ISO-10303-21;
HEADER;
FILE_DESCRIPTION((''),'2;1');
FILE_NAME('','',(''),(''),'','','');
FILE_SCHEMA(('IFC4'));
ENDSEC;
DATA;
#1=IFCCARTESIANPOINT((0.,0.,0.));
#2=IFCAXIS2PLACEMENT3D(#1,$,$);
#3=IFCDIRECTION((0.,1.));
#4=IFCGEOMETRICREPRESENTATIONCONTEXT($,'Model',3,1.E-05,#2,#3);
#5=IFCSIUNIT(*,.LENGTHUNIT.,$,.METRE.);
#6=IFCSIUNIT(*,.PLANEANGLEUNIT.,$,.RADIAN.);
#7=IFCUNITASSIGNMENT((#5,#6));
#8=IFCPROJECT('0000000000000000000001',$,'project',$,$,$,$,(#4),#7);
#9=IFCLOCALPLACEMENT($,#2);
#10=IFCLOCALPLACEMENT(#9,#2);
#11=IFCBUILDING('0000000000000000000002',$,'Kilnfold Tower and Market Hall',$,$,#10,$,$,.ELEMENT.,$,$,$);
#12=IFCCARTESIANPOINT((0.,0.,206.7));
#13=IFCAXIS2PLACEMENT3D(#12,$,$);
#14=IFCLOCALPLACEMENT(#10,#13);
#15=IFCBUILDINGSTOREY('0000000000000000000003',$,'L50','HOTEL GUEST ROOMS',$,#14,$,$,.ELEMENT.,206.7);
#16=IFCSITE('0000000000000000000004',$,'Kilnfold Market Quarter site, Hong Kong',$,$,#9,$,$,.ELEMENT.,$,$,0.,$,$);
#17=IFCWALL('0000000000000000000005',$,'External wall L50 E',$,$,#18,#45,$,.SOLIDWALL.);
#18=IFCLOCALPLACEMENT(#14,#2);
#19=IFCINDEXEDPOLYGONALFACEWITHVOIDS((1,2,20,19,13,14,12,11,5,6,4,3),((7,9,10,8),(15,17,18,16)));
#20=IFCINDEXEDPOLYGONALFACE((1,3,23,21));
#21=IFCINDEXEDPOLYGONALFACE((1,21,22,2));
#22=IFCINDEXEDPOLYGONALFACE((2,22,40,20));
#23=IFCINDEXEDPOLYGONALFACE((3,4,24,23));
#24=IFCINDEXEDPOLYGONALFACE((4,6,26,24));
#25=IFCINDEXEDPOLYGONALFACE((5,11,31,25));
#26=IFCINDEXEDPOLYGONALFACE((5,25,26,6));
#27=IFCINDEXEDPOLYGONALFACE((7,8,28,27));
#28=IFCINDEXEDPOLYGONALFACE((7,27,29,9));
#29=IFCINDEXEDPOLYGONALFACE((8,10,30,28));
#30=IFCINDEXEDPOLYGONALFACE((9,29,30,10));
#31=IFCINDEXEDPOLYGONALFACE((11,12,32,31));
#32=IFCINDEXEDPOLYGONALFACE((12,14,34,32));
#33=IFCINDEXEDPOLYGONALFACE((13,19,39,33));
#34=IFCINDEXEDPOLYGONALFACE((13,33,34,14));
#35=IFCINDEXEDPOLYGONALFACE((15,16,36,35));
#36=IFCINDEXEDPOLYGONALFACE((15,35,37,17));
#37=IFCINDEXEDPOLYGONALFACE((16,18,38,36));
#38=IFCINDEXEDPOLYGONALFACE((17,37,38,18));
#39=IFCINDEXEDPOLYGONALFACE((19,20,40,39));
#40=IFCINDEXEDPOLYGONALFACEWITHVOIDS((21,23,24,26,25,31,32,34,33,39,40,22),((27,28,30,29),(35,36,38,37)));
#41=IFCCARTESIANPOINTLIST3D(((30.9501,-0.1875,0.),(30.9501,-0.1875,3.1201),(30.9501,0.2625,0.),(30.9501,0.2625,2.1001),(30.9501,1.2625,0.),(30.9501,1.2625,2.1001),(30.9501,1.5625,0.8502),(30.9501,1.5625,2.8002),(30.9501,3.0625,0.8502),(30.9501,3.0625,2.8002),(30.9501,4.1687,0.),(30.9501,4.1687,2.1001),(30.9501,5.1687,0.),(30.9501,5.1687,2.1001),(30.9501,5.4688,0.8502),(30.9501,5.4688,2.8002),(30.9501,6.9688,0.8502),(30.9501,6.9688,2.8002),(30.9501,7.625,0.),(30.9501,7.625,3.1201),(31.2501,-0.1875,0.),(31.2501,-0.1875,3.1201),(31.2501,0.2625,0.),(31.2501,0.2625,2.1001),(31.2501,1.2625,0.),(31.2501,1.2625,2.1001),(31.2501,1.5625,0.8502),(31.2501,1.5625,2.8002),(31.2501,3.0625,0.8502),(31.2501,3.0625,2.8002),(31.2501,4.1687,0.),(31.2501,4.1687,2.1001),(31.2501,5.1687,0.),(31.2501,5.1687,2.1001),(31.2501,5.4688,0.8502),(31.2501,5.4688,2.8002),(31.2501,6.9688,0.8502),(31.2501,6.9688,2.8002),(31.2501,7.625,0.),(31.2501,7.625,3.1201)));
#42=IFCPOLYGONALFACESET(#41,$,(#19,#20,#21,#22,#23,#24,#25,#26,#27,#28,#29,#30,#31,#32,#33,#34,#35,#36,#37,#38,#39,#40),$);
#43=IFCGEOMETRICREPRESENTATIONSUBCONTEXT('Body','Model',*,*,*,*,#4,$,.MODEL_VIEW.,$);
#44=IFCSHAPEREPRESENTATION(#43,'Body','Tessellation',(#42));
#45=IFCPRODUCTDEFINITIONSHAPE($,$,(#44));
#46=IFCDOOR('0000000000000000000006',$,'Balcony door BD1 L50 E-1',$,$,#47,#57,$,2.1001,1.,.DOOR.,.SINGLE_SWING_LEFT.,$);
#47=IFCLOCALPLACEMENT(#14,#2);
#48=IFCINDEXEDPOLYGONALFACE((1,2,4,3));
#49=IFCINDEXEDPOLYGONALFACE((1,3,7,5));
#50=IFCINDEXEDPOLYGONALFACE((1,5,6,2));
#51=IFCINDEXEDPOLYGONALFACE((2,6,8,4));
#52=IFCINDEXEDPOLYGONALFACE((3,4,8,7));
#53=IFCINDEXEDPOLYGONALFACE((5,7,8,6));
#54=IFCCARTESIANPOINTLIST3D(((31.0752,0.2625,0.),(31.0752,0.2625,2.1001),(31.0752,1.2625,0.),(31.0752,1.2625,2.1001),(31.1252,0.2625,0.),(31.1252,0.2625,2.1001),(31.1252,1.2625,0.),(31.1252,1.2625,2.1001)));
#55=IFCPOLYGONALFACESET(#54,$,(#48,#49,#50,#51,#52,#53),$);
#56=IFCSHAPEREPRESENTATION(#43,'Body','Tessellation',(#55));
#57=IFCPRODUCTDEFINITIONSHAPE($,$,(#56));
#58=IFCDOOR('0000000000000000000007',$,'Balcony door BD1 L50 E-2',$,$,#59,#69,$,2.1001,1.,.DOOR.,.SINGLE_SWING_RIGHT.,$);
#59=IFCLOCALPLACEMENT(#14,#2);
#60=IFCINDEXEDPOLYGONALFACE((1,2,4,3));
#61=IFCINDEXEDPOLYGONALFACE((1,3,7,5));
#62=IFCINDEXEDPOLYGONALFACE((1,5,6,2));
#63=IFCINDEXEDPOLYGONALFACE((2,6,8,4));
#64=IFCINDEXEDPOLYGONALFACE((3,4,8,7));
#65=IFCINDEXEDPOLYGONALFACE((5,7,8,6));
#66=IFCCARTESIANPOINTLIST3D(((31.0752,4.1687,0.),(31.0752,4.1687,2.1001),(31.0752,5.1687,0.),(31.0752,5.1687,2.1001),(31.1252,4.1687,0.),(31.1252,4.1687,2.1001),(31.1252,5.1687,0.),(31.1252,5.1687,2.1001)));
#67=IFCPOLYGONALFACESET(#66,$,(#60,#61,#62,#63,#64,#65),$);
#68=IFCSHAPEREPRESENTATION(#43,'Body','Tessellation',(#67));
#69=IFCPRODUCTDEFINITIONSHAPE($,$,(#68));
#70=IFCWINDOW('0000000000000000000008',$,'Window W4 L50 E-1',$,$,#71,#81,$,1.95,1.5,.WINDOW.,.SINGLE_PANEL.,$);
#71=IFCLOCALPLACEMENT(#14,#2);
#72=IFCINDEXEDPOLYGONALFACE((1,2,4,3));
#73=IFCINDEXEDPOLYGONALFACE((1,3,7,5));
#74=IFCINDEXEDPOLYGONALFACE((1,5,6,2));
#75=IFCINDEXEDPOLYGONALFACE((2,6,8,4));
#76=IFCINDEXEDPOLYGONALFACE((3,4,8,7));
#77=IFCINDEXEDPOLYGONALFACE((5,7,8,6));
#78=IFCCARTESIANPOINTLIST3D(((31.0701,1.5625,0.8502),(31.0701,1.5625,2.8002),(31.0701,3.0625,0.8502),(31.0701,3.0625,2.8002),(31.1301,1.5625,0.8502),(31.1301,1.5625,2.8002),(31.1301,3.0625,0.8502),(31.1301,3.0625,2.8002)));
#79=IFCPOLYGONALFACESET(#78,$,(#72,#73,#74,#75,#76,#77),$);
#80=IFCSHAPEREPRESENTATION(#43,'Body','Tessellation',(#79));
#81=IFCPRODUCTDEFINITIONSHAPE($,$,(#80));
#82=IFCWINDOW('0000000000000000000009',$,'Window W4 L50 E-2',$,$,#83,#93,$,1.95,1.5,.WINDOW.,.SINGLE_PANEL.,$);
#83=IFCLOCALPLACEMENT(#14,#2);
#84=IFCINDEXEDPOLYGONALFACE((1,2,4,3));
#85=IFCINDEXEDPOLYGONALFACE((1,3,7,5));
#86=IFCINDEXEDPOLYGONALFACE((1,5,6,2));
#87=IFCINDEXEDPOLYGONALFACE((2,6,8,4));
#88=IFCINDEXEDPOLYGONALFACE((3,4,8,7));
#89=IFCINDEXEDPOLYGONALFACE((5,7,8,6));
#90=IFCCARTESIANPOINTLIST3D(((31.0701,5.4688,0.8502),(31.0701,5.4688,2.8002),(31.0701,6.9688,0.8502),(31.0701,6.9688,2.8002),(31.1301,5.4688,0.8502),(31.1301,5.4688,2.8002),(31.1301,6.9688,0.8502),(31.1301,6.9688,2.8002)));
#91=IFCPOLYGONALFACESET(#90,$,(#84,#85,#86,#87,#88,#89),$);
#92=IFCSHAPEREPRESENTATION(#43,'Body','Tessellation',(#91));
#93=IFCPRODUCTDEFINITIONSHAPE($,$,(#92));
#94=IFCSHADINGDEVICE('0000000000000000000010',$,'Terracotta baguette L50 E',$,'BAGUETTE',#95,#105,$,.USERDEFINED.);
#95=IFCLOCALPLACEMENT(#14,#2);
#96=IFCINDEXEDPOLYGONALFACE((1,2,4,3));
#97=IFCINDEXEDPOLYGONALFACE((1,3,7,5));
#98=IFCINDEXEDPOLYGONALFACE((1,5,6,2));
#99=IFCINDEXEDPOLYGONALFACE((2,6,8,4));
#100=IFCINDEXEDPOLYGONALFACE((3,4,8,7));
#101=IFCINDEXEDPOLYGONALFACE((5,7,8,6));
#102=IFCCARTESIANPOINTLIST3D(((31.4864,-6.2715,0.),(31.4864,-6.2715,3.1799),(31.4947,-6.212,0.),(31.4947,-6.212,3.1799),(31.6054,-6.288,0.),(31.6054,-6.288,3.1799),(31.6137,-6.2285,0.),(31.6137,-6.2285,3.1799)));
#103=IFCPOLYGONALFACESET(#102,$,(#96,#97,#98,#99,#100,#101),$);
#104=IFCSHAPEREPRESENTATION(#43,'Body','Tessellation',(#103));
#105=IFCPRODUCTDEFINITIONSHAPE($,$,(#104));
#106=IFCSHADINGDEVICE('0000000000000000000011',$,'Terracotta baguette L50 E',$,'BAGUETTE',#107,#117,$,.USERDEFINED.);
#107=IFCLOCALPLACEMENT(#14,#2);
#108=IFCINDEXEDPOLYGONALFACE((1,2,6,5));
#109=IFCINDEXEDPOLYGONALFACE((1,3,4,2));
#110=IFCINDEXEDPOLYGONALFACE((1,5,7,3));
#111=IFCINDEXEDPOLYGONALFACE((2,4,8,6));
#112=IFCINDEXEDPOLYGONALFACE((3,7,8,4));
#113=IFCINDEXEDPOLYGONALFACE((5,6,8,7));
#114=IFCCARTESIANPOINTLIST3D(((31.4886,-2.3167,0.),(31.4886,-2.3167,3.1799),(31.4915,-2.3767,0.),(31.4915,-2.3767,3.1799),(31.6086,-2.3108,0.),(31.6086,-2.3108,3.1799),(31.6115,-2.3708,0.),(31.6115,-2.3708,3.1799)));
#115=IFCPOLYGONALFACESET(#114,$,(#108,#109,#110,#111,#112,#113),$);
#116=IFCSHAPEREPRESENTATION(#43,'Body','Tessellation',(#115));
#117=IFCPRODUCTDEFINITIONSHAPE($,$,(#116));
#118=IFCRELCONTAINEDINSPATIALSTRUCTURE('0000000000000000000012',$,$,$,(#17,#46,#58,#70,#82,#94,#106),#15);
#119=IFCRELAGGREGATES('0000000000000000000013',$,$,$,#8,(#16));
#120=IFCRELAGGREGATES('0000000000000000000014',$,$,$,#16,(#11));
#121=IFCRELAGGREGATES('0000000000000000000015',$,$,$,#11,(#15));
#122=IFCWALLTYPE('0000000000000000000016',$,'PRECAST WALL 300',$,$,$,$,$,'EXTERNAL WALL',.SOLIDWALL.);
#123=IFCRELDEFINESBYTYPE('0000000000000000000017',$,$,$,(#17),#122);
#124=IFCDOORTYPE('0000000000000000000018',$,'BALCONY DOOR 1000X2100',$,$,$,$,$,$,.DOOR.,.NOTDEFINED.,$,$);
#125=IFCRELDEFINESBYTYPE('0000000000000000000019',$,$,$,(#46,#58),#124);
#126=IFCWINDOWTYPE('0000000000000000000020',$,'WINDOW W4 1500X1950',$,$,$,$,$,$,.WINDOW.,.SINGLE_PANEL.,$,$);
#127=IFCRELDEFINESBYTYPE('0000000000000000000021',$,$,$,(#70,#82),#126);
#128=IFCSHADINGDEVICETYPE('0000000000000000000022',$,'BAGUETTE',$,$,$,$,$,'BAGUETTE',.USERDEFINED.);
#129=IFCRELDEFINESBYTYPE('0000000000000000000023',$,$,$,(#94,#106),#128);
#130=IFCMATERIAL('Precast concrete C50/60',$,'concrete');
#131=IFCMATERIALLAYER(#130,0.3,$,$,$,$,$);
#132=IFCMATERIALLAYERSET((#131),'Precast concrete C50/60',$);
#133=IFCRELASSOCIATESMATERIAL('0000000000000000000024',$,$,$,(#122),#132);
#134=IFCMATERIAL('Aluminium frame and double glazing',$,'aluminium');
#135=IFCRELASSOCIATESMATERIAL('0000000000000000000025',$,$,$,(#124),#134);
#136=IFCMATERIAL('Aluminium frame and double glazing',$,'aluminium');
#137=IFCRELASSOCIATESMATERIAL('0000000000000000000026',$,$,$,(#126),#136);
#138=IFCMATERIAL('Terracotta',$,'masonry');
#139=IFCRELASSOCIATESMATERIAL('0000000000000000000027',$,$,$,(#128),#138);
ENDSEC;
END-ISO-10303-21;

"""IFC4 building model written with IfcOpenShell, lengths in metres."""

from ifc_helpers import new_model, si_unit, direction, frame, frame_2d, origin, origin_2d, place, context, subcontext, project, spatial, rectangle, extrude, source, transform, mapped, material, layer, layer_set, material_profile, profile_set, type_object, element, fill, save


model = new_model("IFC4")

# Units and contexts
model_context = context("Model", 3, precision=1e-05, world=origin(), true_north=direction((0.0, 1.0)))
body_context = subcontext(model_context, "Body", "Model", "MODEL_VIEW")
ifc_project = project(units=[si_unit("LENGTHUNIT", "METRE"), si_unit("PLANEANGLEUNIT", "RADIAN")], contexts=[model_context])

# Site, building, storey
site_placement = place(None, origin())
site = spatial("IfcSite", under=ifc_project, at=site_placement, Name="Kilnfold Market Quarter site, Hong Kong", CompositionType="ELEMENT", RefElevation=0.0)
building_placement = place(site_placement, origin())
building = spatial("IfcBuilding", under=site, at=building_placement, Name="Kilnfold Tower and Market Hall", CompositionType="ELEMENT")
storey_placement = place(building_placement, frame((0.0, 0.0, 206.7)))
storey = spatial("IfcBuildingStorey", under=building, at=storey_placement, Name="L50", Description="HOTEL GUEST ROOMS", CompositionType="ELEMENT", Elevation=206.7)

# Wall, openings, doors, windows
ifc_material_1 = material(Name="Precast concrete C50/60", Category="concrete")
ifc_layer_1 = layer(ifc_material_1, 0.3)
ifc_layer_set_1 = layer_set([ifc_layer_1], Name="Precast concrete C50/60")
wall_type_1 = type_object("IfcWallType", Name="PRECAST WALL 300", ElementType="EXTERNAL WALL", PredefinedType="SOLIDWALL", material=ifc_layer_set_1)
shared_shape_1 = source(origin(), body_context, "Body", "SweptSolid", [
    extrude(rectangle(XDim=7.8125, YDim=0.3, at=frame_2d((3.9062, 0.0))), origin(), (0.0, 0.0, 1.0), 3.1201),
])
ifc_material_2 = material(Name="Aluminium frame and double glazing", Category="aluminium")
door_type_1 = type_object("IfcDoorType", Name="BALCONY DOOR 1000X2100", OperationType="NOTDEFINED", PredefinedType="DOOR", material=ifc_material_2)
ifc_material_3 = material(Name="Aluminium frame and double glazing", Category="aluminium")
window_type = type_object("IfcWindowType", Name="WINDOW W4 1500X1950", PartitioningType="SINGLE_PANEL", PredefinedType="WINDOW", material=ifc_material_3)
wall_1_placement = place(storey_placement, frame((31.1001, -0.1875, 0.0), z_axis=(0.0, 0.0, 1.0), x_axis=(0.0, 1.0, 0.0)))
wall_1 = element("IfcWall", 1, at=wall_1_placement, inside=storey, type_object=wall_type_1, Name="External wall L50 E", PredefinedType="SOLIDWALL", context=body_context, shape_type="MappedRepresentation", body=[
    mapped(shared_shape_1, transform((0.0, 0.0, 0.0))),
])
opening_1_placement = place(wall_1_placement, frame((1.75, 0.0, 0.8501)))
opening_1 = element("IfcOpeningElement", 2, at=opening_1_placement, cuts=wall_1, PredefinedType="OPENING", context=body_context, shape_type="SweptSolid", body=[
    extrude(rectangle(XDim=1.5, YDim=1.95, at=frame_2d((0.75, 0.9751))), frame((0.0, 0.1602, 0.0), z_axis=(0.0, -1.0, 0.0), x_axis=(1.0, 0.0, 0.0)), (0.0, 0.0, 1.0), 0.3201),
])
opening_2_placement = place(wall_1_placement, frame((0.45, 0.0, 0.0)))
opening_2 = element("IfcOpeningElement", 3, at=opening_2_placement, cuts=wall_1, PredefinedType="OPENING", context=body_context, shape_type="SweptSolid", body=[
    extrude(rectangle(XDim=1.0, YDim=2.1001, at=frame_2d((0.5, 1.05))), frame((0.0, 0.1602, 0.0), z_axis=(0.0, -1.0, 0.0), x_axis=(1.0, 0.0, 0.0)), (0.0, 0.0, 1.0), 0.3201),
])
opening_3_placement = place(wall_1_placement, frame((5.6562, 0.0, 0.8501)))
opening_3 = element("IfcOpeningElement", 4, at=opening_3_placement, cuts=wall_1, PredefinedType="OPENING", context=body_context, shape_type="SweptSolid", body=[
    extrude(rectangle(XDim=1.5, YDim=1.95, at=frame_2d((0.75, 0.9751))), frame((0.0, 0.1602, 0.0), z_axis=(0.0, -1.0, 0.0), x_axis=(1.0, 0.0, 0.0)), (0.0, 0.0, 1.0), 0.3201),
])
opening_4_placement = place(wall_1_placement, frame((4.3562, 0.0, 0.0)))
opening_4 = element("IfcOpeningElement", 5, at=opening_4_placement, cuts=wall_1, PredefinedType="OPENING", context=body_context, shape_type="SweptSolid", body=[
    extrude(rectangle(XDim=1.0, YDim=2.1001, at=frame_2d((0.5, 1.05))), frame((0.0, 0.1602, 0.0), z_axis=(0.0, -1.0, 0.0), x_axis=(1.0, 0.0, 0.0)), (0.0, 0.0, 1.0), 0.3201),
])
door_1_placement = place(opening_2_placement, origin())
door_1 = element("IfcDoor", 6, at=door_1_placement, inside=storey, type_object=door_type_1, Name="Balcony door BD1 L50 E-1", OperationType="SINGLE_SWING_LEFT", OverallHeight=2.1001, OverallWidth=1.0, PredefinedType="DOOR", context=body_context, shape_type="SweptSolid", body=[
    extrude(rectangle(XDim=1.0, YDim=2.1001, at=frame_2d((0.5, 1.05))), frame((0.0, 0.0249, 0.0), z_axis=(0.0, -1.0, 0.0), x_axis=(1.0, 0.0, 0.0)), (0.0, 0.0, 1.0), 0.05),
])
fill(opening_2, door_1)
door_2_placement = place(opening_4_placement, origin())
door_2 = element("IfcDoor", 7, at=door_2_placement, inside=storey, type_object=door_type_1, Name="Balcony door BD1 L50 E-2", OperationType="SINGLE_SWING_RIGHT", OverallHeight=2.1001, OverallWidth=1.0, PredefinedType="DOOR", context=body_context, shape_type="SweptSolid", body=[
    extrude(rectangle(XDim=1.0, YDim=2.1001, at=frame_2d((0.5, 1.05))), frame((0.0, 0.0249, 0.0), z_axis=(0.0, -1.0, 0.0), x_axis=(1.0, 0.0, 0.0)), (0.0, 0.0, 1.0), 0.05),
])
fill(opening_4, door_2)
window_1_placement = place(opening_1_placement, origin())
window_1 = element("IfcWindow", 8, at=window_1_placement, inside=storey, type_object=window_type, Name="Window W4 L50 E-1", OverallHeight=1.95, OverallWidth=1.5, PartitioningType="SINGLE_PANEL", PredefinedType="WINDOW", context=body_context, shape_type="SweptSolid", body=[
    extrude(rectangle(XDim=1.5, YDim=1.95, at=frame_2d((0.75, 0.9751))), frame((0.0, 0.03, 0.0), z_axis=(0.0, -1.0, 0.0), x_axis=(1.0, 0.0, 0.0)), (0.0, 0.0, 1.0), 0.0601),
])
fill(opening_1, window_1)
window_2_placement = place(opening_3_placement, origin())
window_2 = element("IfcWindow", 9, at=window_2_placement, inside=storey, type_object=window_type, Name="Window W4 L50 E-2", OverallHeight=1.95, OverallWidth=1.5, PartitioningType="SINGLE_PANEL", PredefinedType="WINDOW", context=body_context, shape_type="SweptSolid", body=[
    extrude(rectangle(XDim=1.5, YDim=1.95, at=frame_2d((0.75, 0.9751))), frame((0.0, 0.03, 0.0), z_axis=(0.0, -1.0, 0.0), x_axis=(1.0, 0.0, 0.0)), (0.0, 0.0, 1.0), 0.0601),
])
fill(opening_3, window_2)

# Shading devices
ifc_material_4 = material(Name="Terracotta", Category="masonry")
ifc_material_profile_1 = material_profile(ifc_material_4, rectangle(XDim=0.0601, YDim=0.1201, at=origin_2d()), Name="BAG 60x120")
ifc_profile_set_1 = profile_set([ifc_material_profile_1], Name="Terracotta")
shading_device_type = type_object("IfcShadingDeviceType", Name="BAGUETTE", ElementType="BAGUETTE", PredefinedType="USERDEFINED", material=ifc_profile_set_1)
shared_shape_2 = source(origin(), body_context, "Body", "SweptSolid", [
    extrude(rectangle(XDim=0.0601, YDim=0.1201, at=origin_2d()), origin(), (0.0, 0.0, 1.0), 3.1799),
])
for number, where, z_axis, x_axis, name in (
    (10, (31.55, -6.25, 0.0), (0.0, 0.0, 1.0), (0.137019, 0.990568, 0.0), "Terracotta baguette L50 E"),
    (11, (31.55, -2.3438, 0.0), (0.0, 0.0, 1.0), (-0.049038, 0.998797, 0.0), "Terracotta baguette L50 E"),
):
    element("IfcShadingDevice", number, at=place(storey_placement, frame(where, z_axis=z_axis, x_axis=x_axis)), inside=storey, type_object=shading_device_type, Name=name, ObjectType="BAGUETTE", PredefinedType="USERDEFINED", context=body_context, shape_type="MappedRepresentation", body=[
        mapped(shared_shape_2, transform((0.0, 0.0, 0.0))),
    ])

save(model, "model.ifc")
